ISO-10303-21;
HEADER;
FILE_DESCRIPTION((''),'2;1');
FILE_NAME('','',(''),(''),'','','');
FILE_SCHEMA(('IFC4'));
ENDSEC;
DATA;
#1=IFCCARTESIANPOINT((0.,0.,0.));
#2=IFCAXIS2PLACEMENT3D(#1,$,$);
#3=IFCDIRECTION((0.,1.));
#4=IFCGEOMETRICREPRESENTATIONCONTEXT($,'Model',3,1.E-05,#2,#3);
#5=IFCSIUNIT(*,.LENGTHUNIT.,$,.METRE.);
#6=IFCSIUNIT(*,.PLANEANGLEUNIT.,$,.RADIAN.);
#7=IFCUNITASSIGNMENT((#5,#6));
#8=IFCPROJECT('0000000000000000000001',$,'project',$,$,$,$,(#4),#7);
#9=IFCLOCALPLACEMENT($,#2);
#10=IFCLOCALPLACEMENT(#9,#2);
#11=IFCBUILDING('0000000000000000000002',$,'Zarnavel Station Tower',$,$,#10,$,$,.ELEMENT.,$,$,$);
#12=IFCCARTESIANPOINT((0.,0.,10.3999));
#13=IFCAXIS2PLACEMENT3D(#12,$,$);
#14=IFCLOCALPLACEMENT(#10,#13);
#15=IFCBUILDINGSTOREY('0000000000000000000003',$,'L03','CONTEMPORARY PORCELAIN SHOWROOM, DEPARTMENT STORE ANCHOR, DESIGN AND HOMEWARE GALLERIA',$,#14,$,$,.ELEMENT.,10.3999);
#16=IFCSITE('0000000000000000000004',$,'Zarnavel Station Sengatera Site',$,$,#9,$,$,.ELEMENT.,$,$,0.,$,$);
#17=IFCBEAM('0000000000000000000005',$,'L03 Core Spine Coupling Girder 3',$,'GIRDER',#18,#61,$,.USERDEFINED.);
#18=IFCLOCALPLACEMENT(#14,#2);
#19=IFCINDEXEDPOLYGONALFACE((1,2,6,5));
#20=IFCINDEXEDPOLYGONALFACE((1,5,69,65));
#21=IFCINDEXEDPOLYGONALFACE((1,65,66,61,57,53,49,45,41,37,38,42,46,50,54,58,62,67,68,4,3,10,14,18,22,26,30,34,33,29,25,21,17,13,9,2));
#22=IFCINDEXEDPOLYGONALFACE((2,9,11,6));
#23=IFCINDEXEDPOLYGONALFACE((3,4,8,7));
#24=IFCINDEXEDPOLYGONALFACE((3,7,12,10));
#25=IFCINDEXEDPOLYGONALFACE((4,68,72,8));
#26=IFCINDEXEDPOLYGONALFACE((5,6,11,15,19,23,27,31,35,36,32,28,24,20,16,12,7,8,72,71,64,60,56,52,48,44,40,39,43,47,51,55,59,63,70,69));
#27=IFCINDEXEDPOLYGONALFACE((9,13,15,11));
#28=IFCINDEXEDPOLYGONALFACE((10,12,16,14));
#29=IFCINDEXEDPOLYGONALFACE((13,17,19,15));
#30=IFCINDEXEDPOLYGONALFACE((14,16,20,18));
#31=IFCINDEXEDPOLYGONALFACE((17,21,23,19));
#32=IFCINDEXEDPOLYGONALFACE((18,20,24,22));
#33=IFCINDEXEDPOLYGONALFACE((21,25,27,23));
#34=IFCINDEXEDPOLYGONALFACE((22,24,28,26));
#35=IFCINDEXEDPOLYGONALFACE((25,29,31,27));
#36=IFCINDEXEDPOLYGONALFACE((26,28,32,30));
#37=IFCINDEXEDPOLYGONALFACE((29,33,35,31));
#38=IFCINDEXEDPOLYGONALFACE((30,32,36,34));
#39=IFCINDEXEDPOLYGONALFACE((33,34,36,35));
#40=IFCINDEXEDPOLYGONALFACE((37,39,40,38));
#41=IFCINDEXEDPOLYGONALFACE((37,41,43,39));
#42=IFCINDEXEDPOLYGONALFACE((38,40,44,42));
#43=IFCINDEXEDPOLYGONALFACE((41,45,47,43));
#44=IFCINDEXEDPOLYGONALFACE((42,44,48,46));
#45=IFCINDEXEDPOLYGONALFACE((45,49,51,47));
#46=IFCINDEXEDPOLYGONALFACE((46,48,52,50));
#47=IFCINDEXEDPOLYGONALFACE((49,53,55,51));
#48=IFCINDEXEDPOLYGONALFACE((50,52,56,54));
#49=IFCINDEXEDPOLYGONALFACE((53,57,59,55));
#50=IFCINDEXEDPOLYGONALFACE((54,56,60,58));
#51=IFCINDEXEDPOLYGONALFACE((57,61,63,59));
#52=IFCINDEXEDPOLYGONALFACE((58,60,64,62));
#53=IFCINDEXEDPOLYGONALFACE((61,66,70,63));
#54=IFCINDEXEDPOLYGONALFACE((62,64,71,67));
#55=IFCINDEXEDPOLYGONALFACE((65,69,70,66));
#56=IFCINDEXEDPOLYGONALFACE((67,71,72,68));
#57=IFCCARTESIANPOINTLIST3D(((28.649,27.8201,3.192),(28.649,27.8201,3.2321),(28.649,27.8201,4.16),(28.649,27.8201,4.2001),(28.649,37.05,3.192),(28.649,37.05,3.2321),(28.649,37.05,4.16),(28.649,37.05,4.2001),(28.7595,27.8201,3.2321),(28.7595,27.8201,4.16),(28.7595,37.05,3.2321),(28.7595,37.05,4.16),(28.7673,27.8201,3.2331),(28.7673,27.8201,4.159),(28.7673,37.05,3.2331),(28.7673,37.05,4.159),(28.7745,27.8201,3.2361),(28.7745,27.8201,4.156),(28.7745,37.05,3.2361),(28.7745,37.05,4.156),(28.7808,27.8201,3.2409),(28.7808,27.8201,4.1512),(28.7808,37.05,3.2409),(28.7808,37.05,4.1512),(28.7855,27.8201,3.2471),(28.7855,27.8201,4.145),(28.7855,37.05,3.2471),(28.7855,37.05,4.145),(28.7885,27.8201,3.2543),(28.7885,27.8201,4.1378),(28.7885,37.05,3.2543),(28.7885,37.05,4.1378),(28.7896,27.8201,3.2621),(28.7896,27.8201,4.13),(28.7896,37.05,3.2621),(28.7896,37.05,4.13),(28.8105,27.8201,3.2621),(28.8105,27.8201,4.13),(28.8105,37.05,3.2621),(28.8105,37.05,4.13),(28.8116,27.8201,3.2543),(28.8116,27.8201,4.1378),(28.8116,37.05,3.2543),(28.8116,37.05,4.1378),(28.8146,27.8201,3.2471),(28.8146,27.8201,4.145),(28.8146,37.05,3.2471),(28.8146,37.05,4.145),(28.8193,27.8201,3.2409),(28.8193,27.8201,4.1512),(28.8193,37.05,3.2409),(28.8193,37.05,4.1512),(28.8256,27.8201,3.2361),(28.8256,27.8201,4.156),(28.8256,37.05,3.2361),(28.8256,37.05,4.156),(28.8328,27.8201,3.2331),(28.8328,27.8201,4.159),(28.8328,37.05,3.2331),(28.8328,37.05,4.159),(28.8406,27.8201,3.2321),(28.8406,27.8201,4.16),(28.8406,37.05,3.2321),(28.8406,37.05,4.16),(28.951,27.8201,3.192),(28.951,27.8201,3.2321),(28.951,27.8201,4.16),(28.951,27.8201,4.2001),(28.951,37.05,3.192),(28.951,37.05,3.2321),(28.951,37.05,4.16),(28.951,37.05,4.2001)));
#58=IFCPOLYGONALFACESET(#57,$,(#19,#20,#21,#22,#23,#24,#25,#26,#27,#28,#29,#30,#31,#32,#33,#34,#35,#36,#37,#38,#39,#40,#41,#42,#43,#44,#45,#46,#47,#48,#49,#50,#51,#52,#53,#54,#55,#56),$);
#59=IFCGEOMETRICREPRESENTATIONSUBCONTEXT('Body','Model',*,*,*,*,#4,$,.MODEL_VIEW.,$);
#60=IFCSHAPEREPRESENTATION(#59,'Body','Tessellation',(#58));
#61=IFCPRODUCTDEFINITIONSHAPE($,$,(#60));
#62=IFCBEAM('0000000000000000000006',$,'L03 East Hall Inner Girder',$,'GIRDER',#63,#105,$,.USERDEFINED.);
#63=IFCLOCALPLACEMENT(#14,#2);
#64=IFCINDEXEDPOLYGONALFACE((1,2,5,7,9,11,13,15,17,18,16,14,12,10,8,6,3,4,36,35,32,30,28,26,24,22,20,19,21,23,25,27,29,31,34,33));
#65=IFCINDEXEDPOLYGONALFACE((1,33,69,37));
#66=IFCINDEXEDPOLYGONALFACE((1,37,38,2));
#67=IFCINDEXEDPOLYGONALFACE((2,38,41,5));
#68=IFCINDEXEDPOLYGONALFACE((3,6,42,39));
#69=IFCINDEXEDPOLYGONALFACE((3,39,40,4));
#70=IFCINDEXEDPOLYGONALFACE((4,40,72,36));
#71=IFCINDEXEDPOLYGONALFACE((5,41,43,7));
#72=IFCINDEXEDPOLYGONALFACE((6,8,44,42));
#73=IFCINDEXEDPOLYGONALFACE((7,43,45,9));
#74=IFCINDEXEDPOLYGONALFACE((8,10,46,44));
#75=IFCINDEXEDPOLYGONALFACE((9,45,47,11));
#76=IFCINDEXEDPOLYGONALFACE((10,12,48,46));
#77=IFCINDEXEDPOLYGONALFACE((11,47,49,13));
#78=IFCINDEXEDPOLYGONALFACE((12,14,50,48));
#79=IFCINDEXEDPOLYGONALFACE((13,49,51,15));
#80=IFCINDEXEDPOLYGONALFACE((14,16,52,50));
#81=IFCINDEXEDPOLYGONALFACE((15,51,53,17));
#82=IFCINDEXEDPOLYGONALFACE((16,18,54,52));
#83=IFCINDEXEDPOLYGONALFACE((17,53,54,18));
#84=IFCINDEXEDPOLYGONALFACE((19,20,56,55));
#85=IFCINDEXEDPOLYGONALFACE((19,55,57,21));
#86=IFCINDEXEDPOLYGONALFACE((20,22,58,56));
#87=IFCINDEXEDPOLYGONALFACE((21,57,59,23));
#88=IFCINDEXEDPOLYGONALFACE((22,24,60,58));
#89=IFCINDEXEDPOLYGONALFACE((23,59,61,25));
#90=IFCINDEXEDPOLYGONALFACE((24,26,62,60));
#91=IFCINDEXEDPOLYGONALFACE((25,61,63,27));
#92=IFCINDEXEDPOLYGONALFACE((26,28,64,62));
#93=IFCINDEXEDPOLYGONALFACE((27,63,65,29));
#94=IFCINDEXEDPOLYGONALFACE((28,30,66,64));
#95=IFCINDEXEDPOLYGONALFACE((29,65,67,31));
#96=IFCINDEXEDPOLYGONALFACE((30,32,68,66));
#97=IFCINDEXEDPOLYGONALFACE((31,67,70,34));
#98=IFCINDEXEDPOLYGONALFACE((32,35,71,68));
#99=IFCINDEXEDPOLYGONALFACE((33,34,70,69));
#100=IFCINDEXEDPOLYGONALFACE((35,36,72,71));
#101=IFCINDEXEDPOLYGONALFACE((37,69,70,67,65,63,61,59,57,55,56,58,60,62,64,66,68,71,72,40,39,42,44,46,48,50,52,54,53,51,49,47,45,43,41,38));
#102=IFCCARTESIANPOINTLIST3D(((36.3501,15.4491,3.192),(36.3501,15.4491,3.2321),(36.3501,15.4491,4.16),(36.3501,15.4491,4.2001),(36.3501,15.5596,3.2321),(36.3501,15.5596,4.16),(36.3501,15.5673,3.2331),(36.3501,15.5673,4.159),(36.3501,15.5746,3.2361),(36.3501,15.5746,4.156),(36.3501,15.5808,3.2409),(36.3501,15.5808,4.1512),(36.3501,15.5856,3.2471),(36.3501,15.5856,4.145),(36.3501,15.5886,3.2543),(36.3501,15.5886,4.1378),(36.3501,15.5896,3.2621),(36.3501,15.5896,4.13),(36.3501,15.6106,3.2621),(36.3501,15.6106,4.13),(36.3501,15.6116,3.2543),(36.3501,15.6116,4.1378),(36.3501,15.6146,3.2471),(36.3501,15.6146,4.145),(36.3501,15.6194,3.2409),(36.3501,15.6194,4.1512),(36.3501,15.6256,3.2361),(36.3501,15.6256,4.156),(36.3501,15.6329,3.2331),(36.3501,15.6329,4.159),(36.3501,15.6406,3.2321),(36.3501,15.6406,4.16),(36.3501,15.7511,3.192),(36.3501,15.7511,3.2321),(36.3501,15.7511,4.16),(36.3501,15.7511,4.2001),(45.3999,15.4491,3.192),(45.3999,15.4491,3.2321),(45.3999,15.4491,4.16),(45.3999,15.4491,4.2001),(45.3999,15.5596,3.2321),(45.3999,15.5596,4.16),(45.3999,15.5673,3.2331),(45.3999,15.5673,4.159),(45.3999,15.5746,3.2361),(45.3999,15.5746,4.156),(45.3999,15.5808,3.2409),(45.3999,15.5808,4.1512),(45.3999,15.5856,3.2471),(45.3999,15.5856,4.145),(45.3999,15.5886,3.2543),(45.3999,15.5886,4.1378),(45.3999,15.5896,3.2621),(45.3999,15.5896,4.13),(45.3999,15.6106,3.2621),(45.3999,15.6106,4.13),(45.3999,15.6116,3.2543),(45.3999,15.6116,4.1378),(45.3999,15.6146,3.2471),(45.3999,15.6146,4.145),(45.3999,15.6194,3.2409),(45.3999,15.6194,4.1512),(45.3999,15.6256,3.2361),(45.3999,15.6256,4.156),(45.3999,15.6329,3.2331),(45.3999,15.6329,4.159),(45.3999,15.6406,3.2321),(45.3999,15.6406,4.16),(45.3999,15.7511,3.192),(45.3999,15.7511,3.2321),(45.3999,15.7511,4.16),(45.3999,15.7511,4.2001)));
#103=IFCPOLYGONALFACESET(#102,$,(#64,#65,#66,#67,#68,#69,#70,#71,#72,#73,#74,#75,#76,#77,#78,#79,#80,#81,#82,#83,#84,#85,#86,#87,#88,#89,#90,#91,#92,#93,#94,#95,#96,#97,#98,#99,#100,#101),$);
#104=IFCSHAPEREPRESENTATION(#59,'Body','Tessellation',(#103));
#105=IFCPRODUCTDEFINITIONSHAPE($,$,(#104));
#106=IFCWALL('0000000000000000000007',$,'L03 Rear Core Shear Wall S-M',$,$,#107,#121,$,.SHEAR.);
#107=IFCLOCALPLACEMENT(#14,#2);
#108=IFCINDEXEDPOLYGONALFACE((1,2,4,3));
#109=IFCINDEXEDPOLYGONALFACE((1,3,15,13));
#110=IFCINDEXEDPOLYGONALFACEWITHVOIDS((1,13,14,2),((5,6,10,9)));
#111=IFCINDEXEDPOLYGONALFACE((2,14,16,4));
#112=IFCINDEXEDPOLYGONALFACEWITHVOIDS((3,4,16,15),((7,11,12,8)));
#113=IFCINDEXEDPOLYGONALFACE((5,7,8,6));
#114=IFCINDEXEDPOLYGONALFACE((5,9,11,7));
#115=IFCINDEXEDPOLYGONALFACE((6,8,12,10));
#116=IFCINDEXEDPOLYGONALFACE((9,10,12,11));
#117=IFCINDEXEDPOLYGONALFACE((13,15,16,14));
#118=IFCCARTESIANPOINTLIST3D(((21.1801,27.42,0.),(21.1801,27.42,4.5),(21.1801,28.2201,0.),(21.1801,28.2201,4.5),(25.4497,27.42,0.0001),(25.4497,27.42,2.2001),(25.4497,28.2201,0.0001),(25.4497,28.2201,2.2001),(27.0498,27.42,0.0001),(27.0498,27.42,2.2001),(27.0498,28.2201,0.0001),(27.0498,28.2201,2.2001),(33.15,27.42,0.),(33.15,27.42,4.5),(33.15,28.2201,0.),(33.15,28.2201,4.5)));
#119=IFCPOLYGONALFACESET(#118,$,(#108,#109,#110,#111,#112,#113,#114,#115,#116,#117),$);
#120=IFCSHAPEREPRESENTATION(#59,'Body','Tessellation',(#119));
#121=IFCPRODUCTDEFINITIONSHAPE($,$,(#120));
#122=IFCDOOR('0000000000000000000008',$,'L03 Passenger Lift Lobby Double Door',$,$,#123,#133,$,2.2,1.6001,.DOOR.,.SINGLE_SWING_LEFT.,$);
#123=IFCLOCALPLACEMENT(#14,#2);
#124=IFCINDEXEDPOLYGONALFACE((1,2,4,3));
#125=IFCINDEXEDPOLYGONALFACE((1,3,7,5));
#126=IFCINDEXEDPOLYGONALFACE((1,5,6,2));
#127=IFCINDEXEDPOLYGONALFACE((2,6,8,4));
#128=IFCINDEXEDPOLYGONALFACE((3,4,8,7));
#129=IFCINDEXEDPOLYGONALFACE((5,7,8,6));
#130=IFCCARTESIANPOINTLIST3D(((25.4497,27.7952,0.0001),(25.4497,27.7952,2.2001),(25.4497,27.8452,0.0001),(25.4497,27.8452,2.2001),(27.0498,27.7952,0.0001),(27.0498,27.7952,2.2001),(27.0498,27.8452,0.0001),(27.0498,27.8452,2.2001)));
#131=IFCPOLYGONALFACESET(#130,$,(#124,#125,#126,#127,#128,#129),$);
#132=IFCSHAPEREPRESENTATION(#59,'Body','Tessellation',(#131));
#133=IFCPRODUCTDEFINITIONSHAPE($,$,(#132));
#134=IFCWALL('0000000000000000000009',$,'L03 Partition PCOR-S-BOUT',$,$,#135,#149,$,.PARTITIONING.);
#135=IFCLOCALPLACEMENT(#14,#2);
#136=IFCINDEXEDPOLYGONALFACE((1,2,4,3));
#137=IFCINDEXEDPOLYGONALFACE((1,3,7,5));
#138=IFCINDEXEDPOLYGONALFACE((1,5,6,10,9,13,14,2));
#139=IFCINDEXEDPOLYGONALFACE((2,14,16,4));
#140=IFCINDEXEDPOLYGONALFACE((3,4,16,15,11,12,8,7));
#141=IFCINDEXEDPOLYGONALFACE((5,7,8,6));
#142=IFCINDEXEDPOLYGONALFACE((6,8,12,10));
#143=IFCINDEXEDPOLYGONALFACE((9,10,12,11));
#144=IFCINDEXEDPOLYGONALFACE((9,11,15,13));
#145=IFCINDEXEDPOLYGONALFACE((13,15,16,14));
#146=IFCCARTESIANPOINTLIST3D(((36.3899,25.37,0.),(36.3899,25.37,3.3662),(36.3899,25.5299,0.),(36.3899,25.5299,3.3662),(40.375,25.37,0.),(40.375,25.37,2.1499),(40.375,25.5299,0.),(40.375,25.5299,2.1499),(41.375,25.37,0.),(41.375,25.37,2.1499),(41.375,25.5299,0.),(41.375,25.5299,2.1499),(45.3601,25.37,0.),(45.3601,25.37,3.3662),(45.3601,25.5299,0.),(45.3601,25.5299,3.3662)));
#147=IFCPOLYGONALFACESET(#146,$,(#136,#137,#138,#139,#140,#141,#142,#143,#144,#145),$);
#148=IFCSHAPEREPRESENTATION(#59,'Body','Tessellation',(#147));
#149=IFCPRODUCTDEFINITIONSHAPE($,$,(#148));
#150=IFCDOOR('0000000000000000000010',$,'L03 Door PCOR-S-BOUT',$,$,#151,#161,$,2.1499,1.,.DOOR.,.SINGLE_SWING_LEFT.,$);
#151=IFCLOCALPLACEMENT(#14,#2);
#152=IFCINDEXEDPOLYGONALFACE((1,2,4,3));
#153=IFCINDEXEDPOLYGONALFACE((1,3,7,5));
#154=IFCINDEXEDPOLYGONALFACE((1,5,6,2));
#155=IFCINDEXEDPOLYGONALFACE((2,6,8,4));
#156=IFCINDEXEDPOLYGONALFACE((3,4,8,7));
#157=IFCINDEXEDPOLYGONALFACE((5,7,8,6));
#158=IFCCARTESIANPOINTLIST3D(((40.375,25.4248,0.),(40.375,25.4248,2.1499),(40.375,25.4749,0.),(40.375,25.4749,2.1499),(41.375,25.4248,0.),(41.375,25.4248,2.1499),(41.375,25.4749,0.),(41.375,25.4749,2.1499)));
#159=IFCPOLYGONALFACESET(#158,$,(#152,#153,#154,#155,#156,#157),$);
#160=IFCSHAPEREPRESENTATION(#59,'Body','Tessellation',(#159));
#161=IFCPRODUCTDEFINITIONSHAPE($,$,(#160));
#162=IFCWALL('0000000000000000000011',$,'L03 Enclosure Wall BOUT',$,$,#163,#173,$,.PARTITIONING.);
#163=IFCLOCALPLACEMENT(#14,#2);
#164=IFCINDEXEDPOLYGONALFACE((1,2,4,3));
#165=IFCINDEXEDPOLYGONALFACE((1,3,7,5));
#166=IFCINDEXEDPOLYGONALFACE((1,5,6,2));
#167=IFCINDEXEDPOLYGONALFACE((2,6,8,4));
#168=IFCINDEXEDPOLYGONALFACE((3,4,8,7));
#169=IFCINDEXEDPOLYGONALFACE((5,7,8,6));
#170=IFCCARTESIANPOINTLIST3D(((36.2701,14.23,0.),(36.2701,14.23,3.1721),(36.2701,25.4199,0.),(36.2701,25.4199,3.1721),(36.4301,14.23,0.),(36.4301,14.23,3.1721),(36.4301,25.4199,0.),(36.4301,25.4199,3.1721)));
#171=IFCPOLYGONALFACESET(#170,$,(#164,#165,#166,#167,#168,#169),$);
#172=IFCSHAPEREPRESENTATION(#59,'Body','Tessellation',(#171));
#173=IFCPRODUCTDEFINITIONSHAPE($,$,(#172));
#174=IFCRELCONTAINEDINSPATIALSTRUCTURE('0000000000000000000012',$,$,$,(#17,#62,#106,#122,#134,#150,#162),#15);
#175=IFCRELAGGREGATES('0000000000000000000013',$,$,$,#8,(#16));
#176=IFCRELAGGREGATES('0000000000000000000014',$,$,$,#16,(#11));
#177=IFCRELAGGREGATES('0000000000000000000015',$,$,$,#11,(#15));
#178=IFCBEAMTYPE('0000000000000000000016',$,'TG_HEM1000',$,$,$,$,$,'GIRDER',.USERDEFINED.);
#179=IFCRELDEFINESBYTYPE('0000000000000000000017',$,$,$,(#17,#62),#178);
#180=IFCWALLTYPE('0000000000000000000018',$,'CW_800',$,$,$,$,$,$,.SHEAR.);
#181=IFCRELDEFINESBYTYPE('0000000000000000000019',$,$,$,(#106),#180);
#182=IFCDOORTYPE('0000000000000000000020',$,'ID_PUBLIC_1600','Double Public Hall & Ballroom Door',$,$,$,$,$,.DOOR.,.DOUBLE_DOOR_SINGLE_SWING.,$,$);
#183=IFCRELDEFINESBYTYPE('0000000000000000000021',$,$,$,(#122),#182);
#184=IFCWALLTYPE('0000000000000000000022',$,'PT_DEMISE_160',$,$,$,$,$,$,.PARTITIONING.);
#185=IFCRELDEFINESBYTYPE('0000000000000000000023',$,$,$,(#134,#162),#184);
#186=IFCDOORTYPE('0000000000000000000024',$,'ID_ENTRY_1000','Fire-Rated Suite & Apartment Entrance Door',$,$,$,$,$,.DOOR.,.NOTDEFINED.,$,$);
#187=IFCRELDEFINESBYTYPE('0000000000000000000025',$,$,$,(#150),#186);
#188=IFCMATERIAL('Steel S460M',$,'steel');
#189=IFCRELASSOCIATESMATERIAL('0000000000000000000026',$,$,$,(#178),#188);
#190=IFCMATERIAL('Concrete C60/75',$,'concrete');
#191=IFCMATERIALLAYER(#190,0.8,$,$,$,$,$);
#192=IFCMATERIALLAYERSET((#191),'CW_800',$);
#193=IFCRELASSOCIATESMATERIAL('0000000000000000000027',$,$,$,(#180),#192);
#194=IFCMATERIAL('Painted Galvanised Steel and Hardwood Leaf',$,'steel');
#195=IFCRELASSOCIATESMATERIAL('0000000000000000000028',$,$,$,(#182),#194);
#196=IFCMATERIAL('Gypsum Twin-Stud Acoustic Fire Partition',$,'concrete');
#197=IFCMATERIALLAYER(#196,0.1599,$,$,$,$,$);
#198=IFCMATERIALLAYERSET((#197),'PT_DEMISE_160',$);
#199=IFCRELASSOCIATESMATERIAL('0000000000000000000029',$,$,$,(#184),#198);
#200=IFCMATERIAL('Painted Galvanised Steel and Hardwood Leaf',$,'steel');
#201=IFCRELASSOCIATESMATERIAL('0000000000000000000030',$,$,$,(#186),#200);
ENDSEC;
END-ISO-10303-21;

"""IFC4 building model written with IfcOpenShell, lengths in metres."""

from ifc_helpers import new_model, si_unit, direction, frame, frame_2d, origin, origin_2d, place, context, subcontext, project, spatial, rectangle, i_section, extrude, material, layer, layer_set, material_profile, profile_set, type_object, element, fill, save


model = new_model("IFC4")

# Units and contexts
model_context = context("Model", 3, precision=1e-05, world=origin(), true_north=direction((0.0, 1.0)))
body_context = subcontext(model_context, "Body", "Model", "MODEL_VIEW")
ifc_project = project(units=[si_unit("LENGTHUNIT", "METRE"), si_unit("PLANEANGLEUNIT", "RADIAN")], contexts=[model_context])

# Site, building, storey
site_placement = place(None, origin())
site = spatial("IfcSite", under=ifc_project, at=site_placement, Name="Zarnavel Station Sengatera Site", CompositionType="ELEMENT", RefElevation=0.0)
building_placement = place(site_placement, origin())
building = spatial("IfcBuilding", under=site, at=building_placement, Name="Zarnavel Station Tower", CompositionType="ELEMENT")
storey_placement = place(building_placement, frame((0.0, 0.0, 10.3999)))
storey = spatial("IfcBuildingStorey", under=building, at=storey_placement, Name="L03", Description="CONTEMPORARY PORCELAIN SHOWROOM, DEPARTMENT STORE ANCHOR, DESIGN AND HOMEWARE GALLERIA", CompositionType="ELEMENT", Elevation=10.3999)

# Beams
ifc_material_1 = material(Name="Steel S460M", Category="steel")
ifc_material_profile_1 = material_profile(ifc_material_1, i_section(OverallWidth=0.302, OverallDepth=1.0081, WebThickness=0.021, FlangeThickness=0.04, FilletRadius=0.03, at=origin_2d()), Name="HEM1000")
ifc_profile_set_1 = profile_set([ifc_material_profile_1], Name="Steel S460M")
beam_type_1 = type_object("IfcBeamType", Name="TG_HEM1000", ElementType="GIRDER", PredefinedType="USERDEFINED", material=ifc_profile_set_1)
beam_1_placement = place(storey_placement, frame((28.8, 27.8201, 3.696), z_axis=(0.0, 1.0, 0.0), x_axis=(-1.0, 0.0, 0.0)))
element("IfcBeam", 1, at=beam_1_placement, inside=storey, type_object=beam_type_1, Name="L03 Core Spine Coupling Girder 3", ObjectType="GIRDER", PredefinedType="USERDEFINED", context=body_context, shape_type="SweptSolid", body=[
    extrude(i_section(OverallWidth=0.302, OverallDepth=1.0081, WebThickness=0.021, FlangeThickness=0.04, FilletRadius=0.03, at=origin_2d()), origin(), (0.0, 0.0, 1.0), 9.23),
])
beam_2_placement = place(storey_placement, frame((36.3501, 15.6001, 3.696), z_axis=(1.0, 0.0, 0.0), x_axis=(0.0, 1.0, 0.0)))
element("IfcBeam", 2, at=beam_2_placement, inside=storey, type_object=beam_type_1, Name="L03 East Hall Inner Girder", ObjectType="GIRDER", PredefinedType="USERDEFINED", context=body_context, shape_type="SweptSolid", body=[
    extrude(i_section(OverallWidth=0.302, OverallDepth=1.0081, WebThickness=0.021, FlangeThickness=0.04, FilletRadius=0.03, at=origin_2d()), origin(), (0.0, 0.0, 1.0), 9.0498),
])

# Walls, openings, doors
ifc_material_2 = material(Name="Concrete C60/75", Category="concrete")
ifc_layer_1 = layer(ifc_material_2, 0.8)
ifc_layer_set_1 = layer_set([ifc_layer_1], Name="CW_800")
wall_type_1 = type_object("IfcWallType", Name="CW_800", PredefinedType="SHEAR", material=ifc_layer_set_1)
wall_1_placement = place(storey_placement, frame((33.1499, 27.8201, 0.0), z_axis=(0.0, 0.0, 1.0), x_axis=(-1.0, 0.0, 0.0)))
wall_1 = element("IfcWall", 3, at=wall_1_placement, inside=storey, type_object=wall_type_1, Name="L03 Rear Core Shear Wall S-M", PredefinedType="SHEAR", context=body_context, shape_type="SweptSolid", body=[
    extrude(rectangle(XDim=11.97, YDim=0.8, at=frame_2d((5.9849, 0.0))), origin(), (0.0, 0.0, 1.0), 4.5),
])
opening_1_placement = place(wall_1_placement, frame((6.1001, 0.0, 0.0)))
opening_1 = element("IfcOpeningElement", 4, at=opening_1_placement, cuts=wall_1, PredefinedType="OPENING", context=body_context, shape_type="SweptSolid", body=[
    extrude(rectangle(XDim=1.6001, YDim=2.2, at=frame_2d((0.8, 1.1001))), frame((0.0, 0.4099, 0.0), z_axis=(0.0, -1.0, 0.0), x_axis=(1.0, 0.0, 0.0)), (0.0, 0.0, 1.0), 0.8201),
])
ifc_material_3 = material(Name="Painted Galvanised Steel and Hardwood Leaf", Category="steel")
door_type_1 = type_object("IfcDoorType", Name="ID_PUBLIC_1600", Description="Double Public Hall & Ballroom Door", OperationType="DOUBLE_DOOR_SINGLE_SWING", PredefinedType="DOOR", material=ifc_material_3)
door_1_placement = place(opening_1_placement, origin())
door_1 = element("IfcDoor", 5, at=door_1_placement, inside=storey, type_object=door_type_1, Name="L03 Passenger Lift Lobby Double Door", OperationType="SINGLE_SWING_LEFT", OverallHeight=2.2, OverallWidth=1.6001, PredefinedType="DOOR", context=body_context, shape_type="SweptSolid", body=[
    extrude(rectangle(XDim=1.6001, YDim=2.2, at=frame_2d((0.8, 1.1001))), frame((0.0, 0.0249, 0.0), z_axis=(0.0, -1.0, 0.0), x_axis=(1.0, 0.0, 0.0)), (0.0, 0.0, 1.0), 0.05),
])
fill(opening_1, door_1)
ifc_material_4 = material(Name="Gypsum Twin-Stud Acoustic Fire Partition", Category="concrete")
ifc_layer_2 = layer(ifc_material_4, 0.1599)
ifc_layer_set_2 = layer_set([ifc_layer_2], Name="PT_DEMISE_160")
wall_type_2 = type_object("IfcWallType", Name="PT_DEMISE_160", PredefinedType="PARTITIONING", material=ifc_layer_set_2)
wall_2_placement = place(storey_placement, frame((36.3899, 25.45, 0.0), z_axis=(0.0, 0.0, 1.0), x_axis=(1.0, 0.0, 0.0)))
wall_2 = element("IfcWall", 6, at=wall_2_placement, inside=storey, type_object=wall_type_2, Name="L03 Partition PCOR-S-BOUT", PredefinedType="PARTITIONING", context=body_context, shape_type="SweptSolid", body=[
    extrude(rectangle(XDim=8.9702, YDim=0.1599, at=frame_2d((4.4851, 0.0))), origin(), (0.0, 0.0, 1.0), 3.3662),
])
opening_2_placement = place(wall_2_placement, frame((3.9851, 0.0, 0.0)))
opening_2 = element("IfcOpeningElement", 7, at=opening_2_placement, cuts=wall_2, PredefinedType="OPENING", context=body_context, shape_type="SweptSolid", body=[
    extrude(rectangle(XDim=1.0, YDim=2.1499, at=frame_2d((0.5, 1.075))), frame((0.0, 0.0898, 0.0), z_axis=(0.0, -1.0, 0.0), x_axis=(1.0, 0.0, 0.0)), (0.0, 0.0, 1.0), 0.1799),
])
ifc_material_5 = material(Name="Painted Galvanised Steel and Hardwood Leaf", Category="steel")
door_type_2 = type_object("IfcDoorType", Name="ID_ENTRY_1000", Description="Fire-Rated Suite & Apartment Entrance Door", OperationType="NOTDEFINED", PredefinedType="DOOR", material=ifc_material_5)
door_2_placement = place(opening_2_placement, origin())
door_2 = element("IfcDoor", 8, at=door_2_placement, inside=storey, type_object=door_type_2, Name="L03 Door PCOR-S-BOUT", OperationType="SINGLE_SWING_LEFT", OverallHeight=2.1499, OverallWidth=1.0, PredefinedType="DOOR", context=body_context, shape_type="SweptSolid", body=[
    extrude(rectangle(XDim=1.0, YDim=2.1499, at=frame_2d((0.5, 1.075))), frame((0.0, 0.0249, 0.0), z_axis=(0.0, -1.0, 0.0), x_axis=(1.0, 0.0, 0.0)), (0.0, 0.0, 1.0), 0.05),
])
fill(opening_2, door_2)

# Wall
wall_3_placement = place(storey_placement, frame((36.3501, 14.23, 0.0), z_axis=(0.0, 0.0, 1.0), x_axis=(0.0, 1.0, 0.0)))
element("IfcWall", 9, at=wall_3_placement, inside=storey, type_object=wall_type_2, Name="L03 Enclosure Wall BOUT", PredefinedType="PARTITIONING", context=body_context, shape_type="SweptSolid", body=[
    extrude(rectangle(XDim=11.1899, YDim=0.1599, at=frame_2d((5.595, 0.0))), origin(), (0.0, 0.0, 1.0), 3.1721),
])

save(model, "model.ifc")
